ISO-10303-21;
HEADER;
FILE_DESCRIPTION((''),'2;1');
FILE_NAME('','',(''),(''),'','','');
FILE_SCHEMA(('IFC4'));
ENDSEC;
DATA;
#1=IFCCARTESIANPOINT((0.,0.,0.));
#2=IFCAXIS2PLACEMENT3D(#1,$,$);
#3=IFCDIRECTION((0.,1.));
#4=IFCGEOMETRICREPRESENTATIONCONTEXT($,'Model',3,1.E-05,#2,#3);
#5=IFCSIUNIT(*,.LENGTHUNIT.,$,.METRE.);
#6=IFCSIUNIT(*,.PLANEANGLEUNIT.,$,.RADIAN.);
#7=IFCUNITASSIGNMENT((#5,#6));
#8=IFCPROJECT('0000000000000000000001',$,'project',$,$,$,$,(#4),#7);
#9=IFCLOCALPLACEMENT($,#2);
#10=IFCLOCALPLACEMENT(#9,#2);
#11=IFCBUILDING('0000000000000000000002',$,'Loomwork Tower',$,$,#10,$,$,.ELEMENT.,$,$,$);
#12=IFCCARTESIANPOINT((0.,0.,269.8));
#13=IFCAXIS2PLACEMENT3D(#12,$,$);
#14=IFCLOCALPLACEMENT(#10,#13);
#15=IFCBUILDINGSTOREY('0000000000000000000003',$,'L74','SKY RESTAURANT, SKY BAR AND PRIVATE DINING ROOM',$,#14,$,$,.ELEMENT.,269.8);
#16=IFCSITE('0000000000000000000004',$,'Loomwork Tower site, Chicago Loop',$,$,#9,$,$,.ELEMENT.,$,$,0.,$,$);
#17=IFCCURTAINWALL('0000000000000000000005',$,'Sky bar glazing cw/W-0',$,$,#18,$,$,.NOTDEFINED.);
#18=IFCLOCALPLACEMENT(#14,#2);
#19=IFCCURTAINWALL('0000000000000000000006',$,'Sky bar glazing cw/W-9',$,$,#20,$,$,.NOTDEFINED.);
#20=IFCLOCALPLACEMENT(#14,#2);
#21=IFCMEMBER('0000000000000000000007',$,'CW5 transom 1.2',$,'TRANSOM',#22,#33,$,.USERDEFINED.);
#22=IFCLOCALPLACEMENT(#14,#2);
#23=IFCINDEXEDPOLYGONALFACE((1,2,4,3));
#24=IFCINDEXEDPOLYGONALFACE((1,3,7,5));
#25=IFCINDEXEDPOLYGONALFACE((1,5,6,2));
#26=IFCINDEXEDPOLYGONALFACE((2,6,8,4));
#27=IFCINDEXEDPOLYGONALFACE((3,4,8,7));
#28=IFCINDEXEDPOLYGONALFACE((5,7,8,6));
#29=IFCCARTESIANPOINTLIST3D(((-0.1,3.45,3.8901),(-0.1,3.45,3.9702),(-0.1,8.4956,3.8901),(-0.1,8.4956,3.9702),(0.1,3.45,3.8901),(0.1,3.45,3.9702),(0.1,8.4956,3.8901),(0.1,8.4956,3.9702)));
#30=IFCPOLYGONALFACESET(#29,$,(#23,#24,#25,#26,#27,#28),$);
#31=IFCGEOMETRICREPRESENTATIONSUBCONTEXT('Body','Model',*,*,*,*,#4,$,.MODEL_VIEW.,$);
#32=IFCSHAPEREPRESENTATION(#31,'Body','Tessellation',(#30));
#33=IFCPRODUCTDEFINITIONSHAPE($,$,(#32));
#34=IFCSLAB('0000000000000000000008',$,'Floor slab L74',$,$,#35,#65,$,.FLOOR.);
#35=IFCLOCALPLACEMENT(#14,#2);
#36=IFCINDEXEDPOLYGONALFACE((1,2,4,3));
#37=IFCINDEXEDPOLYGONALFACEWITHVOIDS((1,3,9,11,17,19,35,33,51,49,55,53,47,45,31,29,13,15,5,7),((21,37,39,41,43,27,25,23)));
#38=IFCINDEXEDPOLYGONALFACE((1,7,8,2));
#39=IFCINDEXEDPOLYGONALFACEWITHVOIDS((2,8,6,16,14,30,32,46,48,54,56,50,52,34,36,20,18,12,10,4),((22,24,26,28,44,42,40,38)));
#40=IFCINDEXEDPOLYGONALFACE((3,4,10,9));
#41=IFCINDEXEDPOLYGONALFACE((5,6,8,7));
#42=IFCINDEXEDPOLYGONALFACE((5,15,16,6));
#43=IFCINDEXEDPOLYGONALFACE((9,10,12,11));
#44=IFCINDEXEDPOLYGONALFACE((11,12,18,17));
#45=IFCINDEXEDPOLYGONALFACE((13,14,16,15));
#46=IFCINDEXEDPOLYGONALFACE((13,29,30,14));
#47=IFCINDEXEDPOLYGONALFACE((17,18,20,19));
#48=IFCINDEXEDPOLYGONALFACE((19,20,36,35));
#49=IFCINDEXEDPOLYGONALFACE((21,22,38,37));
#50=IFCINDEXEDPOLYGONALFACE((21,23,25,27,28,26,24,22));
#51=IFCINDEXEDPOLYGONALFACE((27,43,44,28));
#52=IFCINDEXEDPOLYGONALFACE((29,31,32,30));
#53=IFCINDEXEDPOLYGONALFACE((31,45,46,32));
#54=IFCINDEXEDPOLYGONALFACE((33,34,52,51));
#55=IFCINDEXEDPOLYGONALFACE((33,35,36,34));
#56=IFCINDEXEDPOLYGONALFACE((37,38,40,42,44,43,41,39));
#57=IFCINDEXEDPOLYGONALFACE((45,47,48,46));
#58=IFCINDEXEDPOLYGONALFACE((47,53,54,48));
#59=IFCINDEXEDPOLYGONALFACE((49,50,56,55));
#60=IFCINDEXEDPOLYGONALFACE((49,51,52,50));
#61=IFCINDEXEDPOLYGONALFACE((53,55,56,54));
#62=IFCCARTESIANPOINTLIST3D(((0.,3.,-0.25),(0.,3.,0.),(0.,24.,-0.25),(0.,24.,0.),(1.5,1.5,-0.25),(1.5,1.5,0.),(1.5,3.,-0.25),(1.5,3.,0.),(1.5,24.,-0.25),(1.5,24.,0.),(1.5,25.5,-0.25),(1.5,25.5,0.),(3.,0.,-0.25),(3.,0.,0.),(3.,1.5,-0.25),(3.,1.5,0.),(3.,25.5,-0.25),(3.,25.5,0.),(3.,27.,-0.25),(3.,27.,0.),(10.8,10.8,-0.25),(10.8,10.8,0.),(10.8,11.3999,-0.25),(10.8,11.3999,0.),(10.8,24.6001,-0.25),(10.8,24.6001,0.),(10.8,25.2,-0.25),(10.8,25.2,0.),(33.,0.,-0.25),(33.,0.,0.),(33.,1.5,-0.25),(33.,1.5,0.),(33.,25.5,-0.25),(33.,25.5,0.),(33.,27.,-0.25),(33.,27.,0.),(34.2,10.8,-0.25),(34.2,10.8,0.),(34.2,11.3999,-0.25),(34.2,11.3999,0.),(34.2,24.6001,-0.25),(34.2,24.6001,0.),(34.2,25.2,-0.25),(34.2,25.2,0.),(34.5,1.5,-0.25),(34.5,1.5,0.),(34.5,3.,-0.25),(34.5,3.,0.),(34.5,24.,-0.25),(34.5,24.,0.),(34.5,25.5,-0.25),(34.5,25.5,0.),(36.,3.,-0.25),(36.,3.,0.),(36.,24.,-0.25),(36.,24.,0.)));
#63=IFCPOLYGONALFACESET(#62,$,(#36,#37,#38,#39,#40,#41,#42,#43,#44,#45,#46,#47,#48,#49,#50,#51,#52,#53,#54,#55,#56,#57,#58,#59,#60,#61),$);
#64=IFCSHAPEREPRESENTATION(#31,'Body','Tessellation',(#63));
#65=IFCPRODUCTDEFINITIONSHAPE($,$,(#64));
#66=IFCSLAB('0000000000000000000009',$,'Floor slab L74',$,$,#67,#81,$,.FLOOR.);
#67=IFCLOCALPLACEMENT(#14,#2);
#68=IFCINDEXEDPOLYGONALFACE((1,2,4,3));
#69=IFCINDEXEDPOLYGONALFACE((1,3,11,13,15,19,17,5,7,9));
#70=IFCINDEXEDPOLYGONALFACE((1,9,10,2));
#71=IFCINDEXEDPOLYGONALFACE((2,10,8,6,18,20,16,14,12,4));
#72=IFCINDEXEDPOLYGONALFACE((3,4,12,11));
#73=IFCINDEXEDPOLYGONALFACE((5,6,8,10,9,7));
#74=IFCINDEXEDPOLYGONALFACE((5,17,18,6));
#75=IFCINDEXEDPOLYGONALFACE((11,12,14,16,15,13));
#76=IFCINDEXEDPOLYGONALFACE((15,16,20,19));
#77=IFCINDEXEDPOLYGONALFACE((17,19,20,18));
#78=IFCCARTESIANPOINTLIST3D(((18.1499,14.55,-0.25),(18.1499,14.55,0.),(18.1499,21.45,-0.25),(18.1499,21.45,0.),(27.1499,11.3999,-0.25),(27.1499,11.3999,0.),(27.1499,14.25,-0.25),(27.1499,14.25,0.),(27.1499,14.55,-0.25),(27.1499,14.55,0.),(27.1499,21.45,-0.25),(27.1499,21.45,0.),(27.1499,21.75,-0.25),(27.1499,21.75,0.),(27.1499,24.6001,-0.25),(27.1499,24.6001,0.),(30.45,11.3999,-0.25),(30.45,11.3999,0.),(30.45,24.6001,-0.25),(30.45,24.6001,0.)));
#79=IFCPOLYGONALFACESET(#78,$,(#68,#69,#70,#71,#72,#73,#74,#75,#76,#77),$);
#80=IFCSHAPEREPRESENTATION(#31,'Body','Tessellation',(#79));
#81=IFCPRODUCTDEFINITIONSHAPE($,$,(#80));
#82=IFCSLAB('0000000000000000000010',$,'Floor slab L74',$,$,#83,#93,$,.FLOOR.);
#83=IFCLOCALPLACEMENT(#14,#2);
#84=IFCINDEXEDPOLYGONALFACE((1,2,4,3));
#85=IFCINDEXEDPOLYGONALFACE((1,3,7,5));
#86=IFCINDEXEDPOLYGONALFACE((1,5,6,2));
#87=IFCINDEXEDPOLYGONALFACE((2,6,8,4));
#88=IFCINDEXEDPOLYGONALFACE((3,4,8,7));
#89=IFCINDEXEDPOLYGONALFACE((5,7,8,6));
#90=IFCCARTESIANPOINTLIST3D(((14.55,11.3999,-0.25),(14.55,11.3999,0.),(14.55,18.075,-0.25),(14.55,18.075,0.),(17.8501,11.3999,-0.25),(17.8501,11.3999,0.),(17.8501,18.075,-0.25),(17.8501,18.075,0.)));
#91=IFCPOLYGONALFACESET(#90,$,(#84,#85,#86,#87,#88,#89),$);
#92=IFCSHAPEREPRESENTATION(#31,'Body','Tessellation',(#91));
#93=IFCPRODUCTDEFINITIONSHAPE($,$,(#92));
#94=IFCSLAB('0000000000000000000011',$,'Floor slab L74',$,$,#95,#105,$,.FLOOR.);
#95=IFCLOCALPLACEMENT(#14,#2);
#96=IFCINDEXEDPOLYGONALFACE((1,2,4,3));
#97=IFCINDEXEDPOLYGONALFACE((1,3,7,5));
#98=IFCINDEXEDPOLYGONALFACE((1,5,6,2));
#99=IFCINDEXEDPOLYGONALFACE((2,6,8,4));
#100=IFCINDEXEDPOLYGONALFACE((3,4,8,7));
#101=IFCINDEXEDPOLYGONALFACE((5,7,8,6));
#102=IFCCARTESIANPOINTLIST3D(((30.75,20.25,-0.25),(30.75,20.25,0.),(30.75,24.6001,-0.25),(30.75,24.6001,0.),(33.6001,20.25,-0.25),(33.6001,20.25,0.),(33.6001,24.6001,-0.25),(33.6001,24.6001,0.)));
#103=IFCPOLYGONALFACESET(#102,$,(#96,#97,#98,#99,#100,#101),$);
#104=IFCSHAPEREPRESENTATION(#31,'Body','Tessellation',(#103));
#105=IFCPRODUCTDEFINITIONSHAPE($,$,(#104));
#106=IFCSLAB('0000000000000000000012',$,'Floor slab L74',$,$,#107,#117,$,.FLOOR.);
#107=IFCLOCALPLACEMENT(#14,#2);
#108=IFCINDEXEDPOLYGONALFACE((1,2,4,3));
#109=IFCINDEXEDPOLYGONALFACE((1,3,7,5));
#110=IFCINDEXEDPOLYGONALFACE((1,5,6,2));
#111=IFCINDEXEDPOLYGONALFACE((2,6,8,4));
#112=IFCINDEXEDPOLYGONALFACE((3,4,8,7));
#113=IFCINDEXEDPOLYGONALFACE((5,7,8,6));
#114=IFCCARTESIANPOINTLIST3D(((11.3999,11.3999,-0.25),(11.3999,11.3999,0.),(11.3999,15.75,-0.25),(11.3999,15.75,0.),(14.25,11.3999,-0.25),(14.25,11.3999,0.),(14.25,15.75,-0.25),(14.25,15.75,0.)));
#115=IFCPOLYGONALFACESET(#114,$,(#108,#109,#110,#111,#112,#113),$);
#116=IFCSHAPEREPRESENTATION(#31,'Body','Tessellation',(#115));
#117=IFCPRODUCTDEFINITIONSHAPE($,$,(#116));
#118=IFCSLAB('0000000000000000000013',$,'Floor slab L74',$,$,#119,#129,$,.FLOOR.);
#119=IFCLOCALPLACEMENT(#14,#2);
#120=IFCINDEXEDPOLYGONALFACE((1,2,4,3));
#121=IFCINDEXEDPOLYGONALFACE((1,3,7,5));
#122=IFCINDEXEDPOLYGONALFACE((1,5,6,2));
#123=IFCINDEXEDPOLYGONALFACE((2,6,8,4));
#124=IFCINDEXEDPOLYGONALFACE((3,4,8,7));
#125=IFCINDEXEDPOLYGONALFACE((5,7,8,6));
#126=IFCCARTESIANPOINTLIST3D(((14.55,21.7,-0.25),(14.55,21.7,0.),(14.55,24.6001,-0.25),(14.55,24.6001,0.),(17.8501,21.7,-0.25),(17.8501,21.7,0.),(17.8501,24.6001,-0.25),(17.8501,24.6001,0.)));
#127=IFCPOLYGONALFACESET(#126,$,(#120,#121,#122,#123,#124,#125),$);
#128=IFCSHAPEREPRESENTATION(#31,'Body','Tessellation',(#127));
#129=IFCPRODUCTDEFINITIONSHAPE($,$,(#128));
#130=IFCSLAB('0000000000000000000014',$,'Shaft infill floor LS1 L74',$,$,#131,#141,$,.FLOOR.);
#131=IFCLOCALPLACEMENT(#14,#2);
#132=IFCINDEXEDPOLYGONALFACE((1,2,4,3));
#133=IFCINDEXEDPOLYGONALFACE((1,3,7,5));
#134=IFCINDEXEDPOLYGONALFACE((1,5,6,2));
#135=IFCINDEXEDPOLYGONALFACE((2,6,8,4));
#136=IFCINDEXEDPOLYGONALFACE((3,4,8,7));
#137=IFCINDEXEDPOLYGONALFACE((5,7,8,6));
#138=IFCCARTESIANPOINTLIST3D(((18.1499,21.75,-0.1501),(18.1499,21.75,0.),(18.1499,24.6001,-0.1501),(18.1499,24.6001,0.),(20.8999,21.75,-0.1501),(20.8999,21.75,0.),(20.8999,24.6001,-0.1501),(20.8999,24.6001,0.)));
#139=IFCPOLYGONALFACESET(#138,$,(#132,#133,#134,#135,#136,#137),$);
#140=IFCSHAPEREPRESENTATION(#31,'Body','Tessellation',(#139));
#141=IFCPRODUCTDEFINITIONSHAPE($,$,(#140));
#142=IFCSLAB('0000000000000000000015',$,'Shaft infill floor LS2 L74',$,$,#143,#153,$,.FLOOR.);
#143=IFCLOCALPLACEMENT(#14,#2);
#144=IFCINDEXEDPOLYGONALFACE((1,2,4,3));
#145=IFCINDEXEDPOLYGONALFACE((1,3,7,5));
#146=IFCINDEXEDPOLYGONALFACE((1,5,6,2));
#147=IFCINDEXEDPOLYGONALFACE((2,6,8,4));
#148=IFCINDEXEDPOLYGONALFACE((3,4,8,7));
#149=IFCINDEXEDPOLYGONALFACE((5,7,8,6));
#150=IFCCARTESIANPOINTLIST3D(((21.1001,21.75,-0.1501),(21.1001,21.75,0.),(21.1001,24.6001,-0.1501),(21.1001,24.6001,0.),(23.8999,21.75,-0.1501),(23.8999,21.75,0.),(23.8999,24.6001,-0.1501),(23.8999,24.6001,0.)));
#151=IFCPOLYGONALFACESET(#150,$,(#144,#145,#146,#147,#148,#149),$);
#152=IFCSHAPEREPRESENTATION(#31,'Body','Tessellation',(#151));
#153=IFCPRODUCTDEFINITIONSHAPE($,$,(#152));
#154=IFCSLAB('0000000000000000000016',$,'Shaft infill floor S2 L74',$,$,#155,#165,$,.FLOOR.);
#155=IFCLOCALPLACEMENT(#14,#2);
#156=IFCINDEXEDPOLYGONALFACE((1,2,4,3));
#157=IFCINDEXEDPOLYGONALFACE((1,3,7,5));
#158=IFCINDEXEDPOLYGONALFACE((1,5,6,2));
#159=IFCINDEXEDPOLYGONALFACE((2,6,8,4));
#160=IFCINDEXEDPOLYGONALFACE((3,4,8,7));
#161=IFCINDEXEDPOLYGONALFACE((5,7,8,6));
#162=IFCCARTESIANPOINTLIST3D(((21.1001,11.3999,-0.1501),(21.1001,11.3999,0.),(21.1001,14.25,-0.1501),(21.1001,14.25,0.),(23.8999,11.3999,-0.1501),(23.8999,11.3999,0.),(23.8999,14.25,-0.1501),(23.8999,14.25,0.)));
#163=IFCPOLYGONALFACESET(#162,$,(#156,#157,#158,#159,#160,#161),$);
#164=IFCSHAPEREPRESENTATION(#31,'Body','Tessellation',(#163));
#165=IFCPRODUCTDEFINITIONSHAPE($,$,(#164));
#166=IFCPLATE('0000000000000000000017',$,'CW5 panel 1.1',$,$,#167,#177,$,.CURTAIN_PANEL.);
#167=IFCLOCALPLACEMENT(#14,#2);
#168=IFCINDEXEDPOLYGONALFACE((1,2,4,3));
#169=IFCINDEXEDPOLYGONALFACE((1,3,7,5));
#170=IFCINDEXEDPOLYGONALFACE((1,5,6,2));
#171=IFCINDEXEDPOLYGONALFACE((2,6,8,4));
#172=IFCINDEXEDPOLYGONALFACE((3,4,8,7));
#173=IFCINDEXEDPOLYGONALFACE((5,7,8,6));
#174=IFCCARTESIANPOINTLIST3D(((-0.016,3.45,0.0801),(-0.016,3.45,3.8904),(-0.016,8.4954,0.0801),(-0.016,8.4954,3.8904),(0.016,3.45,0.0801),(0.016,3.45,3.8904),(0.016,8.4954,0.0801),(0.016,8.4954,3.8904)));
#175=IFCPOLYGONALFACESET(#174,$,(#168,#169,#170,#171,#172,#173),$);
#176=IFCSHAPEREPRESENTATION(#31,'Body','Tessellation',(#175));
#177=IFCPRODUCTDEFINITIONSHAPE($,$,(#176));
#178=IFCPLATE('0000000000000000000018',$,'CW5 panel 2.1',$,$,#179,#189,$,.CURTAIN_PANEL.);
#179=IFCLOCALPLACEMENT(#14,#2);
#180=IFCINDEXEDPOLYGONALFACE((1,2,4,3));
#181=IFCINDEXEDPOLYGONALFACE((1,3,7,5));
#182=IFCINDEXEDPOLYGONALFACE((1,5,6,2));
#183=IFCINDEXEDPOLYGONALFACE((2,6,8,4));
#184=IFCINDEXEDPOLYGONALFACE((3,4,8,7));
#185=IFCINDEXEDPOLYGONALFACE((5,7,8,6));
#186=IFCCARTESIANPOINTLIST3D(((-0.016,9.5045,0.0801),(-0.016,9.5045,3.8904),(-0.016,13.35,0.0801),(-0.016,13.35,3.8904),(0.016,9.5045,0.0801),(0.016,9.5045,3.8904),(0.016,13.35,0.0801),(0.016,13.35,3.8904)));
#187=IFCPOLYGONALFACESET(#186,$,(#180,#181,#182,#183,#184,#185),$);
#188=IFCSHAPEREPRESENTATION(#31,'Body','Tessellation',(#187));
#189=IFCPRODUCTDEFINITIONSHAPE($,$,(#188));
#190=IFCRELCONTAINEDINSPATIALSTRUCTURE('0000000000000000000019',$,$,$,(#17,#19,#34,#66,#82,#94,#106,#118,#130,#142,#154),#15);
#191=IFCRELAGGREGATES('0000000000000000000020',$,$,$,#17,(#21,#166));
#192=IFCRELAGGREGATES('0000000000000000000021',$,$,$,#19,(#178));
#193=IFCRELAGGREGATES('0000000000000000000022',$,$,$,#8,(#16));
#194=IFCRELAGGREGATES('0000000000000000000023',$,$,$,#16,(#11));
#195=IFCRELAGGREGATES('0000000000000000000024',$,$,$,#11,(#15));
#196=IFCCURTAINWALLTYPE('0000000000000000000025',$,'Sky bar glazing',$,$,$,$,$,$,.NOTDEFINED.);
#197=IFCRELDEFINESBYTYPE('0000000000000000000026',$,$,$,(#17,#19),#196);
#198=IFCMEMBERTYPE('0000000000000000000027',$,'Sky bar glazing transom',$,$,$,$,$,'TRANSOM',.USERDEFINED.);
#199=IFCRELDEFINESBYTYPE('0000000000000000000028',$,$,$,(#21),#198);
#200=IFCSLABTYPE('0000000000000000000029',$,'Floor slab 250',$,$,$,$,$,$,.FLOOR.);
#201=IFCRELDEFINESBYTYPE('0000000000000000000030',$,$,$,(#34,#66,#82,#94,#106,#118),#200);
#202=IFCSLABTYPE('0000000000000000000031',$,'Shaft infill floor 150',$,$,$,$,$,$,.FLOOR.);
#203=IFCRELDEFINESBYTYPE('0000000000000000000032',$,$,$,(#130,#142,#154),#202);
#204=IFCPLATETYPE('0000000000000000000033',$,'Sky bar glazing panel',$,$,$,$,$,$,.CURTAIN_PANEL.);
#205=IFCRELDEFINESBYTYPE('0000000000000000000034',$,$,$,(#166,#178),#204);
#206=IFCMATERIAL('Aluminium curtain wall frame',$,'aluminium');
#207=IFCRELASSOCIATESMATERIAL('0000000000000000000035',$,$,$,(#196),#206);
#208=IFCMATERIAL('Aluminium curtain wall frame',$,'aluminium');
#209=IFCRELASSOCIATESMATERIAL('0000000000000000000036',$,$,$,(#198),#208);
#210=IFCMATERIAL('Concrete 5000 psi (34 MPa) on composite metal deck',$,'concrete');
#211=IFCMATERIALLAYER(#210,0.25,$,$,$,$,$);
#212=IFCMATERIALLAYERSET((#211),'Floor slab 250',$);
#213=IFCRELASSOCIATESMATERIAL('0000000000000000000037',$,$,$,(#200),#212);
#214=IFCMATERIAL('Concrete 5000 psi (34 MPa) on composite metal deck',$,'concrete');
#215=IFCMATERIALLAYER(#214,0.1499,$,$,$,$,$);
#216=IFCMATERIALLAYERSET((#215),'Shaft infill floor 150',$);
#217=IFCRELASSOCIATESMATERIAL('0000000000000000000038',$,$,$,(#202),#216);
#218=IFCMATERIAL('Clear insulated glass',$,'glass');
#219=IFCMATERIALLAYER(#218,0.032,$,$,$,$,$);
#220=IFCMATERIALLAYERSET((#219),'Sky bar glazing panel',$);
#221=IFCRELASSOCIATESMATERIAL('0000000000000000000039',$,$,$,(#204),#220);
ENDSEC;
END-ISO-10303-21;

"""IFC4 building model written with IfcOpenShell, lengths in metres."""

from ifc_helpers import new_model, si_unit, direction, frame, origin, origin_2d, place, context, subcontext, project, spatial, polyline, rectangle, outline, extrude, material, layer, layer_set, material_profile, profile_set, type_object, element, aggregate, save


model = new_model("IFC4")

# Units and contexts
model_context = context("Model", 3, precision=1e-05, world=origin(), true_north=direction((0.0, 1.0)))
body_context = subcontext(model_context, "Body", "Model", "MODEL_VIEW")
ifc_project = project(units=[si_unit("LENGTHUNIT", "METRE"), si_unit("PLANEANGLEUNIT", "RADIAN")], contexts=[model_context])

# Site, building, storey
site_placement = place(None, origin())
site = spatial("IfcSite", under=ifc_project, at=site_placement, Name="Loomwork Tower site, Chicago Loop", CompositionType="ELEMENT", RefElevation=0.0)
building_placement = place(site_placement, origin())
building = spatial("IfcBuilding", under=site, at=building_placement, Name="Loomwork Tower", CompositionType="ELEMENT")
storey_placement = place(building_placement, frame((0.0, 0.0, 269.8)))
storey = spatial("IfcBuildingStorey", under=building, at=storey_placement, Name="L74", Description="SKY RESTAURANT, SKY BAR AND PRIVATE DINING ROOM", CompositionType="ELEMENT", Elevation=269.8)

# Curtain wall
ifc_material_1 = material(Name="Aluminium curtain wall frame", Category="aluminium")
curtain_wall_type = type_object("IfcCurtainWallType", Name="Sky bar glazing", PredefinedType="NOTDEFINED", material=ifc_material_1)
curtain_wall_1_placement = place(storey_placement, origin())
curtain_wall_1 = element("IfcCurtainWall", 1, at=curtain_wall_1_placement, inside=storey, type_object=curtain_wall_type, Name="Sky bar glazing cw/W-0", PredefinedType="NOTDEFINED")

# Curtain wall
curtain_wall_2_placement = place(storey_placement, origin())
curtain_wall_2 = element("IfcCurtainWall", 2, at=curtain_wall_2_placement, inside=storey, type_object=curtain_wall_type, Name="Sky bar glazing cw/W-9", PredefinedType="NOTDEFINED")

# Member
ifc_material_2 = material(Name="Aluminium curtain wall frame", Category="aluminium")
ifc_material_profile_1 = material_profile(ifc_material_2, rectangle(XDim=0.2, YDim=0.0801, at=origin_2d()), Name="AL 80x200")
ifc_profile_set_1 = profile_set([ifc_material_profile_1], Name="Aluminium curtain wall frame")
member_type_1 = type_object("IfcMemberType", Name="Sky bar glazing transom", ElementType="TRANSOM", PredefinedType="USERDEFINED", material=ifc_profile_set_1)
member_1_placement = place(storey_placement, frame((0.0, 8.4956, 3.9302), z_axis=(0.0, -1.0, 0.0), x_axis=(1.0, 0.0, 0.0)))
member_1 = element("IfcMember", 3, at=member_1_placement, type_object=member_type_1, Name="CW5 transom 1.2", ObjectType="TRANSOM", PredefinedType="USERDEFINED", context=body_context, shape_type="SweptSolid", body=[
    extrude(rectangle(XDim=0.2, YDim=0.0801, at=origin_2d()), origin(), (0.0, 0.0, 1.0), 5.0457),
])

# Slabs
ifc_material_3 = material(Name="Concrete 5000 psi (34 MPa) on composite metal deck", Category="concrete")
ifc_layer_1 = layer(ifc_material_3, 0.25)
ifc_layer_set_1 = layer_set([ifc_layer_1], Name="Floor slab 250")
slab_type_1 = type_object("IfcSlabType", Name="Floor slab 250", PredefinedType="FLOOR", material=ifc_layer_set_1)
slab_1_placement = place(storey_placement, frame((0.0, 0.0, -0.25)))
element("IfcSlab", 4, at=slab_1_placement, inside=storey, type_object=slab_type_1, Name="Floor slab L74", PredefinedType="FLOOR", context=body_context, shape_type="SweptSolid", body=[
    extrude(outline(polyline([(3.0, 1.5), (1.5, 1.5), (1.5, 3.0), (0.0, 3.0), (0.0, 24.0), (1.5, 24.0), (1.5, 25.5), (3.0, 25.5), (3.0, 27.0), (33.0, 27.0), (33.0, 25.5), (34.5, 25.5), (34.5, 24.0), (36.0, 24.0), (36.0, 3.0), (34.5, 3.0), (34.5, 1.5), (33.0, 1.5), (33.0, 0.0), (3.0, 0.0), (3.0, 1.5)]), holes=[polyline([(10.8, 11.3999), (10.8, 11.3999), (10.8, 10.8), (34.2, 10.8), (34.2, 11.3999), (34.2, 11.3999), (34.2, 24.6001), (34.2, 25.2), (10.8, 25.2), (10.8, 24.6001), (10.8, 11.3999)])]), origin(), (0.0, 0.0, 1.0), 0.25),
])
slab_2_placement = place(storey_placement, frame((0.0, 0.0, -0.25)))
element("IfcSlab", 5, at=slab_2_placement, inside=storey, type_object=slab_type_1, Name="Floor slab L74", PredefinedType="FLOOR", context=body_context, shape_type="SweptSolid", body=[
    extrude(outline(polyline([(30.45, 24.6001), (30.45, 11.3999), (27.1499, 11.3999), (27.1499, 14.25), (27.1499, 14.55), (18.1499, 14.55), (18.1499, 21.45), (27.1499, 21.45), (27.1499, 21.75), (27.1499, 24.6001), (30.45, 24.6001)])), origin(), (0.0, 0.0, 1.0), 0.25),
])
slab_3_placement = place(storey_placement, frame((0.0, 0.0, -0.25)))
element("IfcSlab", 6, at=slab_3_placement, inside=storey, type_object=slab_type_1, Name="Floor slab L74", PredefinedType="FLOOR", context=body_context, shape_type="SweptSolid", body=[
    extrude(outline(polyline([(14.55, 11.3999), (14.55, 18.075), (17.8501, 18.075), (17.8501, 11.3999), (14.55, 11.3999)])), origin(), (0.0, 0.0, 1.0), 0.25),
])
slab_4_placement = place(storey_placement, frame((0.0, 0.0, -0.25)))
element("IfcSlab", 7, at=slab_4_placement, inside=storey, type_object=slab_type_1, Name="Floor slab L74", PredefinedType="FLOOR", context=body_context, shape_type="SweptSolid", body=[
    extrude(outline(polyline([(33.6001, 20.25), (30.75, 20.25), (30.75, 24.6001), (33.6001, 24.6001), (33.6001, 20.25)])), origin(), (0.0, 0.0, 1.0), 0.25),
])
slab_5_placement = place(storey_placement, frame((0.0, 0.0, -0.25)))
element("IfcSlab", 8, at=slab_5_placement, inside=storey, type_object=slab_type_1, Name="Floor slab L74", PredefinedType="FLOOR", context=body_context, shape_type="SweptSolid", body=[
    extrude(outline(polyline([(14.25, 15.75), (14.25, 11.3999), (11.3999, 11.3999), (11.3999, 15.75), (14.25, 15.75)])), origin(), (0.0, 0.0, 1.0), 0.25),
])
slab_6_placement = place(storey_placement, frame((0.0, 0.0, -0.25)))
element("IfcSlab", 9, at=slab_6_placement, inside=storey, type_object=slab_type_1, Name="Floor slab L74", PredefinedType="FLOOR", context=body_context, shape_type="SweptSolid", body=[
    extrude(outline(polyline([(14.55, 21.7), (14.55, 24.6001), (17.8501, 24.6001), (17.8501, 21.7), (14.55, 21.7)])), origin(), (0.0, 0.0, 1.0), 0.25),
])
ifc_material_4 = material(Name="Concrete 5000 psi (34 MPa) on composite metal deck", Category="concrete")
ifc_layer_2 = layer(ifc_material_4, 0.1499)
ifc_layer_set_2 = layer_set([ifc_layer_2], Name="Shaft infill floor 150")
slab_type_2 = type_object("IfcSlabType", Name="Shaft infill floor 150", PredefinedType="FLOOR", material=ifc_layer_set_2)
slab_7_placement = place(storey_placement, frame((0.0, 0.0, -0.1501)))
element("IfcSlab", 10, at=slab_7_placement, inside=storey, type_object=slab_type_2, Name="Shaft infill floor LS1 L74", PredefinedType="FLOOR", context=body_context, shape_type="SweptSolid", body=[
    extrude(outline(polyline([(18.1499, 21.75), (20.8999, 21.75), (20.8999, 24.6001), (18.1499, 24.6001), (18.1499, 21.75)])), origin(), (0.0, 0.0, 1.0), 0.1501),
])
slab_8_placement = place(storey_placement, frame((0.0, 0.0, -0.1501)))
element("IfcSlab", 11, at=slab_8_placement, inside=storey, type_object=slab_type_2, Name="Shaft infill floor LS2 L74", PredefinedType="FLOOR", context=body_context, shape_type="SweptSolid", body=[
    extrude(outline(polyline([(21.1001, 21.75), (23.8999, 21.75), (23.8999, 24.6001), (21.1001, 24.6001), (21.1001, 21.75)])), origin(), (0.0, 0.0, 1.0), 0.1501),
])
slab_9_placement = place(storey_placement, frame((0.0, 0.0, -0.1501)))
element("IfcSlab", 12, at=slab_9_placement, inside=storey, type_object=slab_type_2, Name="Shaft infill floor S2 L74", PredefinedType="FLOOR", context=body_context, shape_type="SweptSolid", body=[
    extrude(outline(polyline([(21.1001, 11.3999), (23.8999, 11.3999), (23.8999, 14.25), (21.1001, 14.25), (21.1001, 11.3999)])), origin(), (0.0, 0.0, 1.0), 0.1501),
])

# Plates
ifc_material_5 = material(Name="Clear insulated glass", Category="glass")
ifc_layer_3 = layer(ifc_material_5, 0.032)
ifc_layer_set_3 = layer_set([ifc_layer_3], Name="Sky bar glazing panel")
plate_type = type_object("IfcPlateType", Name="Sky bar glazing panel", PredefinedType="CURTAIN_PANEL", material=ifc_layer_set_3)
plate_1_placement = place(storey_placement, frame((0.0, 5.9727, 0.0801), z_axis=(0.0, 0.0, 1.0), x_axis=(0.0, -1.0, 0.0)))
plate_1 = element("IfcPlate", 13, at=plate_1_placement, type_object=plate_type, Name="CW5 panel 1.1", PredefinedType="CURTAIN_PANEL", context=body_context, shape_type="SweptSolid", body=[
    extrude(rectangle(XDim=5.0454, YDim=0.032, at=origin_2d()), origin(), (0.0, 0.0, 1.0), 3.8103),
])
aggregate(curtain_wall_1, [member_1, plate_1])
plate_2_placement = place(storey_placement, frame((0.0, 11.4272, 0.0801), z_axis=(0.0, 0.0, 1.0), x_axis=(0.0, -1.0, 0.0)))
plate_2 = element("IfcPlate", 14, at=plate_2_placement, type_object=plate_type, Name="CW5 panel 2.1", PredefinedType="CURTAIN_PANEL", context=body_context, shape_type="SweptSolid", body=[
    extrude(rectangle(XDim=3.8455, YDim=0.032, at=origin_2d()), origin(), (0.0, 0.0, 1.0), 3.8103),
])
aggregate(curtain_wall_2, [plate_2])

save(model, "model.ifc")
